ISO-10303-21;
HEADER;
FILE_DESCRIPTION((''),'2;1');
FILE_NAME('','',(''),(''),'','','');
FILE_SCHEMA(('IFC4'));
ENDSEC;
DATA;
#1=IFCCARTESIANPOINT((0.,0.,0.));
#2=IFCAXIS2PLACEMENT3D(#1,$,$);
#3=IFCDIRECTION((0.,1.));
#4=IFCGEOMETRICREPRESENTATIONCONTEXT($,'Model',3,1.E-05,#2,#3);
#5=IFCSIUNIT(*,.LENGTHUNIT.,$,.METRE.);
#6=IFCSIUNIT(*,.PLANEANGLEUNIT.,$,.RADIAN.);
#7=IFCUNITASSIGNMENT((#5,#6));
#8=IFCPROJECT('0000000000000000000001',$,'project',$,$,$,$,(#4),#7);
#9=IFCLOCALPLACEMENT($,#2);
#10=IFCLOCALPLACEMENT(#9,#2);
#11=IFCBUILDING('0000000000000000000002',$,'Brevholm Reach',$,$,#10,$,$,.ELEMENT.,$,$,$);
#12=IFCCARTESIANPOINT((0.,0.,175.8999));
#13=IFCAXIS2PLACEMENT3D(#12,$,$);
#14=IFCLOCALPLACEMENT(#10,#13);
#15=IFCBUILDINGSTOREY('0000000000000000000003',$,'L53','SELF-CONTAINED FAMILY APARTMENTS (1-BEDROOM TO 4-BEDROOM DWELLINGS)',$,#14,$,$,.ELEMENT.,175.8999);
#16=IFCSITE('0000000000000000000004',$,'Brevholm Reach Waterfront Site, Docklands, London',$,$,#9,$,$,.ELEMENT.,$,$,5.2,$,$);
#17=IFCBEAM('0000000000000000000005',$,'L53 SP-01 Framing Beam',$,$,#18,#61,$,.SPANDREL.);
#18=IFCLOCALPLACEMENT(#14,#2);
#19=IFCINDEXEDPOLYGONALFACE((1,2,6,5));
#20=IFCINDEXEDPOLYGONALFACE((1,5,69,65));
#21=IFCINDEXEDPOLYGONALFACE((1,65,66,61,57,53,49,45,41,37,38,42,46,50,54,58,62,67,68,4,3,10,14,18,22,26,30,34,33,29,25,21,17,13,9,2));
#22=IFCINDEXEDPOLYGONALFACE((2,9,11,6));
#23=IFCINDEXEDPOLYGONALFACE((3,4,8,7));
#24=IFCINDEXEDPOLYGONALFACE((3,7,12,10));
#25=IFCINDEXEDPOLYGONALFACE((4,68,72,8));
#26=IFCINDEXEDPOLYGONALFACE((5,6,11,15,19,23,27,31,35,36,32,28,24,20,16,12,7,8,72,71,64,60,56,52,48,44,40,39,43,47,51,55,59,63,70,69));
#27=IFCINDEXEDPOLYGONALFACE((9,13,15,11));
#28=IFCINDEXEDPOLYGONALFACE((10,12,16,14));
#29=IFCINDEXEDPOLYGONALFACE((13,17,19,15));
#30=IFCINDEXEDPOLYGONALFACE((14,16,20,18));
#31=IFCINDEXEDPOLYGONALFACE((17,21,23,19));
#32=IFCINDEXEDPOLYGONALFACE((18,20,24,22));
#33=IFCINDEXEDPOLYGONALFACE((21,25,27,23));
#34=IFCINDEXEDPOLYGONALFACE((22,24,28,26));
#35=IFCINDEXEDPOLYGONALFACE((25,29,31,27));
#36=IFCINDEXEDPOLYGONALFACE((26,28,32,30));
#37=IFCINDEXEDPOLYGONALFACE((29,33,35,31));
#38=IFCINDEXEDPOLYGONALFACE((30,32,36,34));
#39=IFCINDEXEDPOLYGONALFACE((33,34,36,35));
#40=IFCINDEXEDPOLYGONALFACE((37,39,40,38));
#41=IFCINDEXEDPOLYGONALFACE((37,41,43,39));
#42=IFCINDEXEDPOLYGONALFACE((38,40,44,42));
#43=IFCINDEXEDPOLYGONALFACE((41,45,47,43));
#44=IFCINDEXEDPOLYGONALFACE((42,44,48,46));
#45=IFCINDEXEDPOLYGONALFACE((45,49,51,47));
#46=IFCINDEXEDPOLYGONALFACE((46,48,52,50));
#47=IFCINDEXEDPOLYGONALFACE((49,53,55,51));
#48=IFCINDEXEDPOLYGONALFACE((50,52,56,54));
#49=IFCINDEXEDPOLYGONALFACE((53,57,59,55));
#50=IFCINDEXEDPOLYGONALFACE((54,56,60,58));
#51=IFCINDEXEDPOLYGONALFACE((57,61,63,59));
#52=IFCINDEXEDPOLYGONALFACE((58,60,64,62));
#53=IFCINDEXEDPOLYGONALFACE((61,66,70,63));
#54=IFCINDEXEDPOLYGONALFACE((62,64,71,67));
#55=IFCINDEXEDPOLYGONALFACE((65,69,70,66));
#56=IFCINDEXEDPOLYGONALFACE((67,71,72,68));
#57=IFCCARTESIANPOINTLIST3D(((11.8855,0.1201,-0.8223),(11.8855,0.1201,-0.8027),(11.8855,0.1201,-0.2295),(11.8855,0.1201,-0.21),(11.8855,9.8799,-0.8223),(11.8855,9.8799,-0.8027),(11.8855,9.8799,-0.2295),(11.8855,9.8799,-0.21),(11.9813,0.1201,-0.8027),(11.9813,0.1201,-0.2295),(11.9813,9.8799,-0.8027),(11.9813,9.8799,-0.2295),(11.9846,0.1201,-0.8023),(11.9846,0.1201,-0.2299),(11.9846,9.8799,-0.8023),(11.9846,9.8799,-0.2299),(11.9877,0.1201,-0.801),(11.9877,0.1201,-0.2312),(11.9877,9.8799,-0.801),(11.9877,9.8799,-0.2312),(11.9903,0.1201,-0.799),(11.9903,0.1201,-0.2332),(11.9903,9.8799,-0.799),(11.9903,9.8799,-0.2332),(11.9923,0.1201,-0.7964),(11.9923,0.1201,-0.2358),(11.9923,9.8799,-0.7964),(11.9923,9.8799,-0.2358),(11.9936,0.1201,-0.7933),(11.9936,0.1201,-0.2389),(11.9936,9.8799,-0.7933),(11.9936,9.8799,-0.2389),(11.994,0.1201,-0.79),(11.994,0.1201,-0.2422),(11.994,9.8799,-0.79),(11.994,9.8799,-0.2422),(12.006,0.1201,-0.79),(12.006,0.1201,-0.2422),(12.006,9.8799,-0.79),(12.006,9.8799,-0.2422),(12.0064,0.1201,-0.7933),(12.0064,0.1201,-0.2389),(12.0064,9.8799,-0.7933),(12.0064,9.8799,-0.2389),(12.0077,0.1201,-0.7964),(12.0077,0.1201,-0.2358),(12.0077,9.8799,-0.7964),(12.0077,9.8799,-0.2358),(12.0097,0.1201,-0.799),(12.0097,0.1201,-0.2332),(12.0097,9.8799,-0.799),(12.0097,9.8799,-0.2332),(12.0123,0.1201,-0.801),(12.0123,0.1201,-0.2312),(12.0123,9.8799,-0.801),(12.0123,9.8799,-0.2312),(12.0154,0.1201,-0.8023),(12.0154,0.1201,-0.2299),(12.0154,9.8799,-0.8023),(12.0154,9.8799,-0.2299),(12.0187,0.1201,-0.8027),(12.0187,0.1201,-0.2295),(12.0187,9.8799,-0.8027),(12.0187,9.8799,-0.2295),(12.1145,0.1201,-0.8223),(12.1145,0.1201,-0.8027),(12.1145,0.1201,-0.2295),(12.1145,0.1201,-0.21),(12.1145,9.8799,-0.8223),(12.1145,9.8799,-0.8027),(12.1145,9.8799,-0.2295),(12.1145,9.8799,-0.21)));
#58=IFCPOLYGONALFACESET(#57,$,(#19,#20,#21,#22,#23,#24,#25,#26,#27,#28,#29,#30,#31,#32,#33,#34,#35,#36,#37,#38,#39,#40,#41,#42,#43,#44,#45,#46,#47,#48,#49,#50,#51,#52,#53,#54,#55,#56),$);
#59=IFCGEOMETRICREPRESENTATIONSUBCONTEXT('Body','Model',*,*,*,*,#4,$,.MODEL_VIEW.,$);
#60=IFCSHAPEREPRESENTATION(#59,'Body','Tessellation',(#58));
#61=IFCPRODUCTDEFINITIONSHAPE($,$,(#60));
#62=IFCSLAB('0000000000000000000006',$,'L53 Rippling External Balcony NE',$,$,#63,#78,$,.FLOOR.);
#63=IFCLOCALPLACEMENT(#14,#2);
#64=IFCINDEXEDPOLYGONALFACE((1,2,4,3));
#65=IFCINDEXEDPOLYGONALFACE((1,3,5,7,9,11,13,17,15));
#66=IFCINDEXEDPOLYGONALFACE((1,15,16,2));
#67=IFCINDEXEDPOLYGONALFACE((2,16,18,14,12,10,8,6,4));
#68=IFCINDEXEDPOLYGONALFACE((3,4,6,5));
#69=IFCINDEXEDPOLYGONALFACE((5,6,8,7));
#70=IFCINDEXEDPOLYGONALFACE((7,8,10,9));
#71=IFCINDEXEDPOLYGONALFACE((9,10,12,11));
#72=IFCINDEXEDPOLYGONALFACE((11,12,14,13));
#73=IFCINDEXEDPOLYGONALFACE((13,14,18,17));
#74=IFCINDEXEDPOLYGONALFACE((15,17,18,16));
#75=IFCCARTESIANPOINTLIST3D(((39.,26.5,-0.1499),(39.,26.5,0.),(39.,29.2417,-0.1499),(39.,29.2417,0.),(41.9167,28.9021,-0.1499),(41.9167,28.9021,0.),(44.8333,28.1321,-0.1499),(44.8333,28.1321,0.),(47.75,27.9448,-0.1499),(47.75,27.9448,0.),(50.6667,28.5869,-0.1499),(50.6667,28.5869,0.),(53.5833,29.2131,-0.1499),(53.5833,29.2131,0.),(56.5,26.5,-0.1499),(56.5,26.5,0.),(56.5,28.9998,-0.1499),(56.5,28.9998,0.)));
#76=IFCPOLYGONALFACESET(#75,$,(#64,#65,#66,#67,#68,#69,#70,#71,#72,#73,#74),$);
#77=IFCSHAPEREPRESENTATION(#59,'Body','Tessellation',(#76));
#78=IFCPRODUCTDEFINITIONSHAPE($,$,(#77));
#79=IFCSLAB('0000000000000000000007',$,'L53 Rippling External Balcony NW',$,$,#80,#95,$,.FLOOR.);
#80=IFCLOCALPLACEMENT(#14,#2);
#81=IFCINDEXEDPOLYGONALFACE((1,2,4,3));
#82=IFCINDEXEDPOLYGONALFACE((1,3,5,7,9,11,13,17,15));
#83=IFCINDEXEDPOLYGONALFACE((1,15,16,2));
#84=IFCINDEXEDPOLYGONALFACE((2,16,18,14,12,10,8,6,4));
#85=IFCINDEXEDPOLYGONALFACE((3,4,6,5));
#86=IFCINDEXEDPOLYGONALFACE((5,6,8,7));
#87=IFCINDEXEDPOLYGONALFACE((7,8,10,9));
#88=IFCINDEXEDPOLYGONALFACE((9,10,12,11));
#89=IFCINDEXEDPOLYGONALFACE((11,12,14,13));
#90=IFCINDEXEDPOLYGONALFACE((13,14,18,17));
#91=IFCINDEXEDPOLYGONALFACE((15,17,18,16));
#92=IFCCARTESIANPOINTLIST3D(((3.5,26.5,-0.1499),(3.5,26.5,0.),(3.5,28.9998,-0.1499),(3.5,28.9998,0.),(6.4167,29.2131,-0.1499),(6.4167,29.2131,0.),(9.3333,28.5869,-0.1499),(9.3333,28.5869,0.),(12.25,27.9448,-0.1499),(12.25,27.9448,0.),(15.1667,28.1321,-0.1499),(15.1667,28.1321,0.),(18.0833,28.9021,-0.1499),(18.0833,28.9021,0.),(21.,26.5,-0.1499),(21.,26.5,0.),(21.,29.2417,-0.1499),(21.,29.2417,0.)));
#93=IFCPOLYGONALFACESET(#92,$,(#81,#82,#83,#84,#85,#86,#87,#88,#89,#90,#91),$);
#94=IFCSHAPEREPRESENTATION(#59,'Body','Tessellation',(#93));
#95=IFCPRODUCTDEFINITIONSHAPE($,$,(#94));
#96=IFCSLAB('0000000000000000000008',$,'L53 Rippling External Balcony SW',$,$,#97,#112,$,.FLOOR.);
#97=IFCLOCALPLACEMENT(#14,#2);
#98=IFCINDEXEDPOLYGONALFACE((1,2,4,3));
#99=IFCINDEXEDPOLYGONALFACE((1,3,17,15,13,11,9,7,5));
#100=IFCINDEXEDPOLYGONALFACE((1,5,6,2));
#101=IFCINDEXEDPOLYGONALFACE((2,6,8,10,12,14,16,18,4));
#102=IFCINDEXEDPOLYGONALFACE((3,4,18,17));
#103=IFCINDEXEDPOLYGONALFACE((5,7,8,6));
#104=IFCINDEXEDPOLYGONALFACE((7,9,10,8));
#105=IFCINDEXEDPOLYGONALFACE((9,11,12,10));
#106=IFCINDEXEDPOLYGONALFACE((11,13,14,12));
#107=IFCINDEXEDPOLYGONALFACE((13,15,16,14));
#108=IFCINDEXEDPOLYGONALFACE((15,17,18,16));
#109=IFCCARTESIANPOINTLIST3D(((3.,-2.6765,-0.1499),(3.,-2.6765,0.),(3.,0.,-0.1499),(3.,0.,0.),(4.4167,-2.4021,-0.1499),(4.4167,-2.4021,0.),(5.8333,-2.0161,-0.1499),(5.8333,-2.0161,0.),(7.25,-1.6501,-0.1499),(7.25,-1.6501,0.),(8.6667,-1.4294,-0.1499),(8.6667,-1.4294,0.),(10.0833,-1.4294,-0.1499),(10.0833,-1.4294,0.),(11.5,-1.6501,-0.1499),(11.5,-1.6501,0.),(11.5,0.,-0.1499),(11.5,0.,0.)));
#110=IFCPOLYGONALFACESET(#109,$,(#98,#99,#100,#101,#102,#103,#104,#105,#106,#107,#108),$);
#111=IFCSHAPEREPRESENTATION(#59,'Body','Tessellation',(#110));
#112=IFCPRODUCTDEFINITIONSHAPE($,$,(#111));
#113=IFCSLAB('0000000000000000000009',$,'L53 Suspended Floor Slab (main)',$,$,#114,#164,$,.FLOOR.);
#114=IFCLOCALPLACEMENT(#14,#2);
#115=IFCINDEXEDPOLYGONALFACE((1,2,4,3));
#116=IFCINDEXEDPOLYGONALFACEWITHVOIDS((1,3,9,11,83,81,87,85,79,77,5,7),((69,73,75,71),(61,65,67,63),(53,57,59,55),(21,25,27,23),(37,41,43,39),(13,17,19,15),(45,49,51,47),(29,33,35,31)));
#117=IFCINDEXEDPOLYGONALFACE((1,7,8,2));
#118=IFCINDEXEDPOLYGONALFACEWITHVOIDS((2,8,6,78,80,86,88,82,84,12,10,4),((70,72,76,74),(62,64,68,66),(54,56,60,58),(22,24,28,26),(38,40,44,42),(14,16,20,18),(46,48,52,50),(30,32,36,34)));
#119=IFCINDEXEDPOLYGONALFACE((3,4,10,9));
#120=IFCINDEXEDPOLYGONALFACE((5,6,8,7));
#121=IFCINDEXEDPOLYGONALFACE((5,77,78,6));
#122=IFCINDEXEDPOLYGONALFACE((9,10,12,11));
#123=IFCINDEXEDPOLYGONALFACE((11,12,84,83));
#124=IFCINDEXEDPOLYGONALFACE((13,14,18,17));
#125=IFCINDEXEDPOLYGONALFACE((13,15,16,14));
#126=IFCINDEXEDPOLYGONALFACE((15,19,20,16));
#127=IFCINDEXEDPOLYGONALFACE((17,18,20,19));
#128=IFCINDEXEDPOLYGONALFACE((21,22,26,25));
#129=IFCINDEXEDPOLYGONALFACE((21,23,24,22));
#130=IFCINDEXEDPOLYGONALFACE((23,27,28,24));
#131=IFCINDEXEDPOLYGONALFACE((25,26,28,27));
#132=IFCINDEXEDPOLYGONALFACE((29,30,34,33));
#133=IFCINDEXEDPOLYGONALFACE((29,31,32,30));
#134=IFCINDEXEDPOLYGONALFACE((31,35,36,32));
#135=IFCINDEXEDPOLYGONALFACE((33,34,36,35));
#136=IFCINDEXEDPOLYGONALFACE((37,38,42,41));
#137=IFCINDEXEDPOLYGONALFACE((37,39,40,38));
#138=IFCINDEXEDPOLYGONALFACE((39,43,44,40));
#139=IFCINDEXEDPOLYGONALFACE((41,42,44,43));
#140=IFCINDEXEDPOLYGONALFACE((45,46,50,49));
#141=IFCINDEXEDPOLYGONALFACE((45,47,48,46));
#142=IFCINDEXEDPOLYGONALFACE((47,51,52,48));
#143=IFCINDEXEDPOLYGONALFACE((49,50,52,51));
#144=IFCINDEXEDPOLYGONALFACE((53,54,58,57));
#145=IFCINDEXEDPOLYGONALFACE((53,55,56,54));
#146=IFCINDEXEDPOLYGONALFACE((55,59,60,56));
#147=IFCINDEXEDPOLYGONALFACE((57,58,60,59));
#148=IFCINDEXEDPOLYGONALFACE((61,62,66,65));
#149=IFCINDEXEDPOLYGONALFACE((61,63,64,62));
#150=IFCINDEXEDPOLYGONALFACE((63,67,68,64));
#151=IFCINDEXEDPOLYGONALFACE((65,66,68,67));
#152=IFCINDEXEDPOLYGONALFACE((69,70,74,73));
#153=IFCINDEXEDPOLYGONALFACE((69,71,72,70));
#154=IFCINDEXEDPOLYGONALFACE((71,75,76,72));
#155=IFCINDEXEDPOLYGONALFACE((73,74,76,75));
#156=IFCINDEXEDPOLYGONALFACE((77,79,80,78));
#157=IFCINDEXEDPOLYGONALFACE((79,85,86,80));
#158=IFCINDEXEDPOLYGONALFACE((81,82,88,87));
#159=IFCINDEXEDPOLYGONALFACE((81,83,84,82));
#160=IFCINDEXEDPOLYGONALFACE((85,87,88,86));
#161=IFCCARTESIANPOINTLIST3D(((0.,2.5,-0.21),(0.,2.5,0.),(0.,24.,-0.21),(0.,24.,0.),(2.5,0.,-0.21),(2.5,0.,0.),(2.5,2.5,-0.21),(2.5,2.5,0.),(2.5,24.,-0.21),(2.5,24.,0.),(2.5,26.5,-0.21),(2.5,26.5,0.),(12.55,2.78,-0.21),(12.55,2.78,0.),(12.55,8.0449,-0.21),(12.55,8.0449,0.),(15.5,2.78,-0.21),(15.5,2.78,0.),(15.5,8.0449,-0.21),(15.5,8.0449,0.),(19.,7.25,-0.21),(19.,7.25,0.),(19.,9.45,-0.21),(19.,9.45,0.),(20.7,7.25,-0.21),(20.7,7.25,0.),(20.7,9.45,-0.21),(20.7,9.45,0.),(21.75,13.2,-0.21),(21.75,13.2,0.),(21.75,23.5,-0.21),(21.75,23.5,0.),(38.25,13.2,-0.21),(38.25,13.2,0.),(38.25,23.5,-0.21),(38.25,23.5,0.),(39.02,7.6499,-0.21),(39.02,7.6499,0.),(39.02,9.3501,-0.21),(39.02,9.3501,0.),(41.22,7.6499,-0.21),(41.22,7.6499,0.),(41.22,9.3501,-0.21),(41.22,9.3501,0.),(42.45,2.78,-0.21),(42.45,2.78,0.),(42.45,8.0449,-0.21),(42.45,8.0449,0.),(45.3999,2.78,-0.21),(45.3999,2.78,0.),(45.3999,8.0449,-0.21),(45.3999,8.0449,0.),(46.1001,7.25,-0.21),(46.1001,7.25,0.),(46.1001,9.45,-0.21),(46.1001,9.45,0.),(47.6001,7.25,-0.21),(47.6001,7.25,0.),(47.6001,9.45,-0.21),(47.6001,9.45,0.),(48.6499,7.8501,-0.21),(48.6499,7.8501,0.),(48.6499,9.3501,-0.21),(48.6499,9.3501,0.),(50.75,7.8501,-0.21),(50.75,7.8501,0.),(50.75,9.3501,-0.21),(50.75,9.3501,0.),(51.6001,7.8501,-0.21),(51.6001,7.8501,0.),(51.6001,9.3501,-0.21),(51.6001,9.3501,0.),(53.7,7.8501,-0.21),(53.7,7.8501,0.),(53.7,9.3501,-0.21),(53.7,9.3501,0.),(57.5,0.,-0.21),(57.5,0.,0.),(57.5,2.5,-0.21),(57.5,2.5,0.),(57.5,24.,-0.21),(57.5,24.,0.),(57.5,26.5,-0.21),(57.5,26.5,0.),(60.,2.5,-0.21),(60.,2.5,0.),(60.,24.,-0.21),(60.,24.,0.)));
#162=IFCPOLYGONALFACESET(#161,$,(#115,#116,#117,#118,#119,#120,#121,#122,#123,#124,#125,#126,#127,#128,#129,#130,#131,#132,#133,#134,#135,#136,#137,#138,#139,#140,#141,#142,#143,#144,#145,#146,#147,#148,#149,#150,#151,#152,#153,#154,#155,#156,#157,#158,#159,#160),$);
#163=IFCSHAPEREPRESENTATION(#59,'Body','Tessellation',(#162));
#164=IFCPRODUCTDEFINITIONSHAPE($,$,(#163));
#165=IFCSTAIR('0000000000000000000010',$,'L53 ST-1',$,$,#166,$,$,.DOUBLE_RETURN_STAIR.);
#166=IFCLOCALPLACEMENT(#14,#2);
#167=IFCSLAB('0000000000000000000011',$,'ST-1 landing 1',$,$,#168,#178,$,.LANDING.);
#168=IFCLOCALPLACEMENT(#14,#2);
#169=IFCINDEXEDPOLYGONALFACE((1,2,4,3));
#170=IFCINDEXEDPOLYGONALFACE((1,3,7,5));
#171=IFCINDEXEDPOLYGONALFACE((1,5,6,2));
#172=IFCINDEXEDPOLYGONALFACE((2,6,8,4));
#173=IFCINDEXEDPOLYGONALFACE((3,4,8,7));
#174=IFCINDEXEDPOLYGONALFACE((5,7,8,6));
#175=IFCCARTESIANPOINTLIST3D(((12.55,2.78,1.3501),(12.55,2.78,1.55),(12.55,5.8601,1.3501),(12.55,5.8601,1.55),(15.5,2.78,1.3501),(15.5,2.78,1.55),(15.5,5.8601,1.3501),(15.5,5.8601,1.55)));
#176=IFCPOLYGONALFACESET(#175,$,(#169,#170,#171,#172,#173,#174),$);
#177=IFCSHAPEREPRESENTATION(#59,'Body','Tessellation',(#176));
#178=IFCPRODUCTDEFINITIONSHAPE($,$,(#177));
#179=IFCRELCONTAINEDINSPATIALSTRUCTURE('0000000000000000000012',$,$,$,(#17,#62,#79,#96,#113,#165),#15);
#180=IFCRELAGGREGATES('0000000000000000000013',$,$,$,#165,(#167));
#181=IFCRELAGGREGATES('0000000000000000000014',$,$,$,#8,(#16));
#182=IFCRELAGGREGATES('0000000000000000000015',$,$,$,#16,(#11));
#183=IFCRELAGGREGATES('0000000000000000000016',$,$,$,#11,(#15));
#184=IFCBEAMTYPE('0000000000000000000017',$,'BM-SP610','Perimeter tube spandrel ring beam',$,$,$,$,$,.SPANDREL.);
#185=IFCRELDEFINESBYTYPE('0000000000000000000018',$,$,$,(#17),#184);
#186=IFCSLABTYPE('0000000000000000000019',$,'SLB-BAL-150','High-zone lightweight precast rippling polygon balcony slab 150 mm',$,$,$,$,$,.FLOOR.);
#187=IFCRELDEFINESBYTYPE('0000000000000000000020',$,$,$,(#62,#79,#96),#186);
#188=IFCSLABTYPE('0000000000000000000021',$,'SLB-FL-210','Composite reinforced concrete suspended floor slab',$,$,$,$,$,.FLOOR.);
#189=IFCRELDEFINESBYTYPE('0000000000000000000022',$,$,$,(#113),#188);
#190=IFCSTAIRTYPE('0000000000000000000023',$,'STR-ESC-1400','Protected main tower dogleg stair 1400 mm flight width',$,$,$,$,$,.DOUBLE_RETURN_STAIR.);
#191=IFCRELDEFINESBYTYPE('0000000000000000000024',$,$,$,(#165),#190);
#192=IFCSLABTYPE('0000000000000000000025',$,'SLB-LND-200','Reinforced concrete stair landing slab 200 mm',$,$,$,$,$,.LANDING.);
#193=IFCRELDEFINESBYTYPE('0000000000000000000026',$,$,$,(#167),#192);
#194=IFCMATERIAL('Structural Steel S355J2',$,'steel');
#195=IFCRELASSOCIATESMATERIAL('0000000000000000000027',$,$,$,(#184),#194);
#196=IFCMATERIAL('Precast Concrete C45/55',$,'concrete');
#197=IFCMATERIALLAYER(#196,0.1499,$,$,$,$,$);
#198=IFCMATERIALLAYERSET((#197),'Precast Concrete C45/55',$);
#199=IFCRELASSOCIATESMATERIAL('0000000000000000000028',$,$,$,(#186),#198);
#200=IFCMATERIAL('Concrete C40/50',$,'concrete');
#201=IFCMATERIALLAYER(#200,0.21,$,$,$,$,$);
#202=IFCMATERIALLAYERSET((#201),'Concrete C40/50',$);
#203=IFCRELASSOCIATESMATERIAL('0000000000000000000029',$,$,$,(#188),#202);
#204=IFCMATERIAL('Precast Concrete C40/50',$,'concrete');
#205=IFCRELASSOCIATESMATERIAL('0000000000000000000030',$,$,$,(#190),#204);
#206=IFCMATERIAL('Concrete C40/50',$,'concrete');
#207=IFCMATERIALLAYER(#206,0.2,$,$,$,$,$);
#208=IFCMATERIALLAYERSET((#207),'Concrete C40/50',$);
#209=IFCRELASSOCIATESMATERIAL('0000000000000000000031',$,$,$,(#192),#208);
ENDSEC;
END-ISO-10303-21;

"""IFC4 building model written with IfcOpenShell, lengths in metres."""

from ifc_helpers import new_model, si_unit, direction, frame, origin, origin_2d, place, context, subcontext, project, spatial, polyline, i_section, outline, extrude, material, layer, layer_set, material_profile, profile_set, type_object, element, aggregate, save


model = new_model("IFC4")

# Units and contexts
model_context = context("Model", 3, precision=1e-05, world=origin(), true_north=direction((0.0, 1.0)))
body_context = subcontext(model_context, "Body", "Model", "MODEL_VIEW")
ifc_project = project(units=[si_unit("LENGTHUNIT", "METRE"), si_unit("PLANEANGLEUNIT", "RADIAN")], contexts=[model_context])

# Site, building, storey
site_placement = place(None, origin())
site = spatial("IfcSite", under=ifc_project, at=site_placement, Name="Brevholm Reach Waterfront Site, Docklands, London", CompositionType="ELEMENT", RefElevation=5.2)
building_placement = place(site_placement, origin())
building = spatial("IfcBuilding", under=site, at=building_placement, Name="Brevholm Reach", CompositionType="ELEMENT")
storey_placement = place(building_placement, frame((0.0, 0.0, 175.8999)))
storey = spatial("IfcBuildingStorey", under=building, at=storey_placement, Name="L53", Description="SELF-CONTAINED FAMILY APARTMENTS (1-BEDROOM TO 4-BEDROOM DWELLINGS)", CompositionType="ELEMENT", Elevation=175.8999)

# Beam
ifc_material_1 = material(Name="Structural Steel S355J2", Category="steel")
ifc_material_profile_1 = material_profile(ifc_material_1, i_section(OverallWidth=0.229, OverallDepth=0.6123, WebThickness=0.012, FlangeThickness=0.0195, FilletRadius=0.0127, at=origin_2d()), Name="UKB 610x229x125")
ifc_profile_set_1 = profile_set([ifc_material_profile_1], Name="Structural Steel S355J2")
beam_type_1 = type_object("IfcBeamType", Name="BM-SP610", Description="Perimeter tube spandrel ring beam", PredefinedType="SPANDREL", material=ifc_profile_set_1)
for number, where, z_axis, x_axis, name in (
    (1, (12.0, 0.1201, -0.5161), (0.0, 1.0, 0.0), (-1.0, 0.0, 0.0), "L53 SP-01 Framing Beam"),
):
    element("IfcBeam", number, at=place(storey_placement, frame(where, z_axis=z_axis, x_axis=x_axis)), inside=storey, type_object=beam_type_1, Name=name, PredefinedType="SPANDREL", context=body_context, shape_type="SweptSolid", body=[
        extrude(i_section(OverallWidth=0.229, OverallDepth=0.6123, WebThickness=0.012, FlangeThickness=0.0195, FilletRadius=0.0127, at=origin_2d()), origin(), (0.0, 0.0, 1.0), 9.7598),
    ])

# Slabs
ifc_material_2 = material(Name="Precast Concrete C45/55", Category="concrete")
ifc_layer_1 = layer(ifc_material_2, 0.1499)
ifc_layer_set_1 = layer_set([ifc_layer_1], Name="Precast Concrete C45/55")
slab_type_1 = type_object("IfcSlabType", Name="SLB-BAL-150", Description="High-zone lightweight precast rippling polygon balcony slab 150 mm", PredefinedType="FLOOR", material=ifc_layer_set_1)
slab_1_placement = place(storey_placement, frame((0.0, 0.0, -0.1499)))
element("IfcSlab", 2, at=slab_1_placement, inside=storey, type_object=slab_type_1, Name="L53 Rippling External Balcony NE", PredefinedType="FLOOR", context=body_context, shape_type="SweptSolid", body=[
    extrude(outline(polyline([(39.0, 26.5), (56.5, 26.5), (56.5, 28.9998), (53.5833, 29.2131), (50.6667, 28.5869), (47.75, 27.9448), (44.8333, 28.1321), (41.9167, 28.9021), (39.0, 29.2417), (39.0, 26.5)])), origin(), (0.0, 0.0, 1.0), 0.1499),
])
slab_2_placement = place(storey_placement, frame((0.0, 0.0, -0.1499)))
element("IfcSlab", 3, at=slab_2_placement, inside=storey, type_object=slab_type_1, Name="L53 Rippling External Balcony NW", PredefinedType="FLOOR", context=body_context, shape_type="SweptSolid", body=[
    extrude(outline(polyline([(3.5, 26.5), (21.0, 26.5), (21.0, 29.2417), (18.0833, 28.9021), (15.1667, 28.1321), (12.25, 27.9448), (9.3333, 28.5869), (6.4167, 29.2131), (3.5, 28.9998), (3.5, 26.5)])), origin(), (0.0, 0.0, 1.0), 0.1499),
])
slab_3_placement = place(storey_placement, frame((0.0, 0.0, -0.1499)))
element("IfcSlab", 4, at=slab_3_placement, inside=storey, type_object=slab_type_1, Name="L53 Rippling External Balcony SW", PredefinedType="FLOOR", context=body_context, shape_type="SweptSolid", body=[
    extrude(outline(polyline([(3.0, -2.6765), (4.4167, -2.4021), (5.8333, -2.0161), (7.25, -1.6501), (8.6667, -1.4294), (10.0833, -1.4294), (11.5, -1.6501), (11.5, 0.0), (3.0, 0.0), (3.0, -2.6765)])), origin(), (0.0, 0.0, 1.0), 0.1499),
])
ifc_material_3 = material(Name="Concrete C40/50", Category="concrete")
ifc_layer_2 = layer(ifc_material_3, 0.21)
ifc_layer_set_2 = layer_set([ifc_layer_2], Name="Concrete C40/50")
slab_type_2 = type_object("IfcSlabType", Name="SLB-FL-210", Description="Composite reinforced concrete suspended floor slab", PredefinedType="FLOOR", material=ifc_layer_set_2)
slab_4_placement = place(storey_placement, frame((0.0, 0.0, -0.21)))
element("IfcSlab", 5, at=slab_4_placement, inside=storey, type_object=slab_type_2, Name="L53 Suspended Floor Slab (main)", PredefinedType="FLOOR", context=body_context, shape_type="SweptSolid", body=[
    extrude(outline(polyline([(2.5, 0.0), (57.5, 0.0), (57.5, 2.5), (60.0, 2.5), (60.0, 24.0), (57.5, 24.0), (57.5, 26.5), (2.5, 26.5), (2.5, 24.0), (0.0, 24.0), (0.0, 2.5), (2.5, 2.5), (2.5, 0.0)]), holes=[polyline([(21.75, 13.2), (38.25, 13.2), (38.25, 23.5), (21.75, 23.5), (21.75, 13.2)]), polyline([(12.55, 2.78), (15.5, 2.78), (15.5, 8.0449), (12.55, 8.0449), (12.55, 2.78)]), polyline([(42.45, 2.78), (45.3999, 2.78), (45.3999, 8.0449), (42.45, 8.0449), (42.45, 2.78)]), polyline([(19.0, 7.25), (20.7, 7.25), (20.7, 9.45), (19.0, 9.45), (19.0, 7.25)]), polyline([(46.1001, 7.25), (47.6001, 7.25), (47.6001, 9.45), (46.1001, 9.45), (46.1001, 7.25)]), polyline([(39.02, 7.6499), (41.22, 7.6499), (41.22, 9.3501), (39.02, 9.3501), (39.02, 7.6499)]), polyline([(48.6499, 7.8501), (50.75, 7.8501), (50.75, 9.3501), (48.6499, 9.3501), (48.6499, 7.8501)]), polyline([(51.6001, 7.8501), (53.7, 7.8501), (53.7, 9.3501), (51.6001, 9.3501), (51.6001, 7.8501)])]), origin(), (0.0, 0.0, 1.0), 0.21),
])

# Stair, slab
ifc_material_4 = material(Name="Precast Concrete C40/50", Category="concrete")
stair_type = type_object("IfcStairType", Name="STR-ESC-1400", Description="Protected main tower dogleg stair 1400 mm flight width", PredefinedType="DOUBLE_RETURN_STAIR", material=ifc_material_4)
stair_1_placement = place(storey_placement, origin())
stair_1 = element("IfcStair", 6, at=stair_1_placement, inside=storey, type_object=stair_type, Name="L53 ST-1", PredefinedType="DOUBLE_RETURN_STAIR")
ifc_material_5 = material(Name="Concrete C40/50", Category="concrete")
ifc_layer_3 = layer(ifc_material_5, 0.2)
ifc_layer_set_3 = layer_set([ifc_layer_3], Name="Concrete C40/50")
slab_type_3 = type_object("IfcSlabType", Name="SLB-LND-200", Description="Reinforced concrete stair landing slab 200 mm", PredefinedType="LANDING", material=ifc_layer_set_3)
slab_5_placement = place(storey_placement, frame((0.0, 0.0, 1.3501)))
slab_5 = element("IfcSlab", 7, at=slab_5_placement, type_object=slab_type_3, Name="ST-1 landing 1", PredefinedType="LANDING", context=body_context, shape_type="SweptSolid", body=[
    extrude(outline(polyline([(12.55, 5.8601), (12.55, 2.78), (15.5, 2.78), (15.5, 5.8601), (12.55, 5.8601)])), origin(), (0.0, 0.0, 1.0), 0.2),
])
aggregate(stair_1, [slab_5])

save(model, "model.ifc")
